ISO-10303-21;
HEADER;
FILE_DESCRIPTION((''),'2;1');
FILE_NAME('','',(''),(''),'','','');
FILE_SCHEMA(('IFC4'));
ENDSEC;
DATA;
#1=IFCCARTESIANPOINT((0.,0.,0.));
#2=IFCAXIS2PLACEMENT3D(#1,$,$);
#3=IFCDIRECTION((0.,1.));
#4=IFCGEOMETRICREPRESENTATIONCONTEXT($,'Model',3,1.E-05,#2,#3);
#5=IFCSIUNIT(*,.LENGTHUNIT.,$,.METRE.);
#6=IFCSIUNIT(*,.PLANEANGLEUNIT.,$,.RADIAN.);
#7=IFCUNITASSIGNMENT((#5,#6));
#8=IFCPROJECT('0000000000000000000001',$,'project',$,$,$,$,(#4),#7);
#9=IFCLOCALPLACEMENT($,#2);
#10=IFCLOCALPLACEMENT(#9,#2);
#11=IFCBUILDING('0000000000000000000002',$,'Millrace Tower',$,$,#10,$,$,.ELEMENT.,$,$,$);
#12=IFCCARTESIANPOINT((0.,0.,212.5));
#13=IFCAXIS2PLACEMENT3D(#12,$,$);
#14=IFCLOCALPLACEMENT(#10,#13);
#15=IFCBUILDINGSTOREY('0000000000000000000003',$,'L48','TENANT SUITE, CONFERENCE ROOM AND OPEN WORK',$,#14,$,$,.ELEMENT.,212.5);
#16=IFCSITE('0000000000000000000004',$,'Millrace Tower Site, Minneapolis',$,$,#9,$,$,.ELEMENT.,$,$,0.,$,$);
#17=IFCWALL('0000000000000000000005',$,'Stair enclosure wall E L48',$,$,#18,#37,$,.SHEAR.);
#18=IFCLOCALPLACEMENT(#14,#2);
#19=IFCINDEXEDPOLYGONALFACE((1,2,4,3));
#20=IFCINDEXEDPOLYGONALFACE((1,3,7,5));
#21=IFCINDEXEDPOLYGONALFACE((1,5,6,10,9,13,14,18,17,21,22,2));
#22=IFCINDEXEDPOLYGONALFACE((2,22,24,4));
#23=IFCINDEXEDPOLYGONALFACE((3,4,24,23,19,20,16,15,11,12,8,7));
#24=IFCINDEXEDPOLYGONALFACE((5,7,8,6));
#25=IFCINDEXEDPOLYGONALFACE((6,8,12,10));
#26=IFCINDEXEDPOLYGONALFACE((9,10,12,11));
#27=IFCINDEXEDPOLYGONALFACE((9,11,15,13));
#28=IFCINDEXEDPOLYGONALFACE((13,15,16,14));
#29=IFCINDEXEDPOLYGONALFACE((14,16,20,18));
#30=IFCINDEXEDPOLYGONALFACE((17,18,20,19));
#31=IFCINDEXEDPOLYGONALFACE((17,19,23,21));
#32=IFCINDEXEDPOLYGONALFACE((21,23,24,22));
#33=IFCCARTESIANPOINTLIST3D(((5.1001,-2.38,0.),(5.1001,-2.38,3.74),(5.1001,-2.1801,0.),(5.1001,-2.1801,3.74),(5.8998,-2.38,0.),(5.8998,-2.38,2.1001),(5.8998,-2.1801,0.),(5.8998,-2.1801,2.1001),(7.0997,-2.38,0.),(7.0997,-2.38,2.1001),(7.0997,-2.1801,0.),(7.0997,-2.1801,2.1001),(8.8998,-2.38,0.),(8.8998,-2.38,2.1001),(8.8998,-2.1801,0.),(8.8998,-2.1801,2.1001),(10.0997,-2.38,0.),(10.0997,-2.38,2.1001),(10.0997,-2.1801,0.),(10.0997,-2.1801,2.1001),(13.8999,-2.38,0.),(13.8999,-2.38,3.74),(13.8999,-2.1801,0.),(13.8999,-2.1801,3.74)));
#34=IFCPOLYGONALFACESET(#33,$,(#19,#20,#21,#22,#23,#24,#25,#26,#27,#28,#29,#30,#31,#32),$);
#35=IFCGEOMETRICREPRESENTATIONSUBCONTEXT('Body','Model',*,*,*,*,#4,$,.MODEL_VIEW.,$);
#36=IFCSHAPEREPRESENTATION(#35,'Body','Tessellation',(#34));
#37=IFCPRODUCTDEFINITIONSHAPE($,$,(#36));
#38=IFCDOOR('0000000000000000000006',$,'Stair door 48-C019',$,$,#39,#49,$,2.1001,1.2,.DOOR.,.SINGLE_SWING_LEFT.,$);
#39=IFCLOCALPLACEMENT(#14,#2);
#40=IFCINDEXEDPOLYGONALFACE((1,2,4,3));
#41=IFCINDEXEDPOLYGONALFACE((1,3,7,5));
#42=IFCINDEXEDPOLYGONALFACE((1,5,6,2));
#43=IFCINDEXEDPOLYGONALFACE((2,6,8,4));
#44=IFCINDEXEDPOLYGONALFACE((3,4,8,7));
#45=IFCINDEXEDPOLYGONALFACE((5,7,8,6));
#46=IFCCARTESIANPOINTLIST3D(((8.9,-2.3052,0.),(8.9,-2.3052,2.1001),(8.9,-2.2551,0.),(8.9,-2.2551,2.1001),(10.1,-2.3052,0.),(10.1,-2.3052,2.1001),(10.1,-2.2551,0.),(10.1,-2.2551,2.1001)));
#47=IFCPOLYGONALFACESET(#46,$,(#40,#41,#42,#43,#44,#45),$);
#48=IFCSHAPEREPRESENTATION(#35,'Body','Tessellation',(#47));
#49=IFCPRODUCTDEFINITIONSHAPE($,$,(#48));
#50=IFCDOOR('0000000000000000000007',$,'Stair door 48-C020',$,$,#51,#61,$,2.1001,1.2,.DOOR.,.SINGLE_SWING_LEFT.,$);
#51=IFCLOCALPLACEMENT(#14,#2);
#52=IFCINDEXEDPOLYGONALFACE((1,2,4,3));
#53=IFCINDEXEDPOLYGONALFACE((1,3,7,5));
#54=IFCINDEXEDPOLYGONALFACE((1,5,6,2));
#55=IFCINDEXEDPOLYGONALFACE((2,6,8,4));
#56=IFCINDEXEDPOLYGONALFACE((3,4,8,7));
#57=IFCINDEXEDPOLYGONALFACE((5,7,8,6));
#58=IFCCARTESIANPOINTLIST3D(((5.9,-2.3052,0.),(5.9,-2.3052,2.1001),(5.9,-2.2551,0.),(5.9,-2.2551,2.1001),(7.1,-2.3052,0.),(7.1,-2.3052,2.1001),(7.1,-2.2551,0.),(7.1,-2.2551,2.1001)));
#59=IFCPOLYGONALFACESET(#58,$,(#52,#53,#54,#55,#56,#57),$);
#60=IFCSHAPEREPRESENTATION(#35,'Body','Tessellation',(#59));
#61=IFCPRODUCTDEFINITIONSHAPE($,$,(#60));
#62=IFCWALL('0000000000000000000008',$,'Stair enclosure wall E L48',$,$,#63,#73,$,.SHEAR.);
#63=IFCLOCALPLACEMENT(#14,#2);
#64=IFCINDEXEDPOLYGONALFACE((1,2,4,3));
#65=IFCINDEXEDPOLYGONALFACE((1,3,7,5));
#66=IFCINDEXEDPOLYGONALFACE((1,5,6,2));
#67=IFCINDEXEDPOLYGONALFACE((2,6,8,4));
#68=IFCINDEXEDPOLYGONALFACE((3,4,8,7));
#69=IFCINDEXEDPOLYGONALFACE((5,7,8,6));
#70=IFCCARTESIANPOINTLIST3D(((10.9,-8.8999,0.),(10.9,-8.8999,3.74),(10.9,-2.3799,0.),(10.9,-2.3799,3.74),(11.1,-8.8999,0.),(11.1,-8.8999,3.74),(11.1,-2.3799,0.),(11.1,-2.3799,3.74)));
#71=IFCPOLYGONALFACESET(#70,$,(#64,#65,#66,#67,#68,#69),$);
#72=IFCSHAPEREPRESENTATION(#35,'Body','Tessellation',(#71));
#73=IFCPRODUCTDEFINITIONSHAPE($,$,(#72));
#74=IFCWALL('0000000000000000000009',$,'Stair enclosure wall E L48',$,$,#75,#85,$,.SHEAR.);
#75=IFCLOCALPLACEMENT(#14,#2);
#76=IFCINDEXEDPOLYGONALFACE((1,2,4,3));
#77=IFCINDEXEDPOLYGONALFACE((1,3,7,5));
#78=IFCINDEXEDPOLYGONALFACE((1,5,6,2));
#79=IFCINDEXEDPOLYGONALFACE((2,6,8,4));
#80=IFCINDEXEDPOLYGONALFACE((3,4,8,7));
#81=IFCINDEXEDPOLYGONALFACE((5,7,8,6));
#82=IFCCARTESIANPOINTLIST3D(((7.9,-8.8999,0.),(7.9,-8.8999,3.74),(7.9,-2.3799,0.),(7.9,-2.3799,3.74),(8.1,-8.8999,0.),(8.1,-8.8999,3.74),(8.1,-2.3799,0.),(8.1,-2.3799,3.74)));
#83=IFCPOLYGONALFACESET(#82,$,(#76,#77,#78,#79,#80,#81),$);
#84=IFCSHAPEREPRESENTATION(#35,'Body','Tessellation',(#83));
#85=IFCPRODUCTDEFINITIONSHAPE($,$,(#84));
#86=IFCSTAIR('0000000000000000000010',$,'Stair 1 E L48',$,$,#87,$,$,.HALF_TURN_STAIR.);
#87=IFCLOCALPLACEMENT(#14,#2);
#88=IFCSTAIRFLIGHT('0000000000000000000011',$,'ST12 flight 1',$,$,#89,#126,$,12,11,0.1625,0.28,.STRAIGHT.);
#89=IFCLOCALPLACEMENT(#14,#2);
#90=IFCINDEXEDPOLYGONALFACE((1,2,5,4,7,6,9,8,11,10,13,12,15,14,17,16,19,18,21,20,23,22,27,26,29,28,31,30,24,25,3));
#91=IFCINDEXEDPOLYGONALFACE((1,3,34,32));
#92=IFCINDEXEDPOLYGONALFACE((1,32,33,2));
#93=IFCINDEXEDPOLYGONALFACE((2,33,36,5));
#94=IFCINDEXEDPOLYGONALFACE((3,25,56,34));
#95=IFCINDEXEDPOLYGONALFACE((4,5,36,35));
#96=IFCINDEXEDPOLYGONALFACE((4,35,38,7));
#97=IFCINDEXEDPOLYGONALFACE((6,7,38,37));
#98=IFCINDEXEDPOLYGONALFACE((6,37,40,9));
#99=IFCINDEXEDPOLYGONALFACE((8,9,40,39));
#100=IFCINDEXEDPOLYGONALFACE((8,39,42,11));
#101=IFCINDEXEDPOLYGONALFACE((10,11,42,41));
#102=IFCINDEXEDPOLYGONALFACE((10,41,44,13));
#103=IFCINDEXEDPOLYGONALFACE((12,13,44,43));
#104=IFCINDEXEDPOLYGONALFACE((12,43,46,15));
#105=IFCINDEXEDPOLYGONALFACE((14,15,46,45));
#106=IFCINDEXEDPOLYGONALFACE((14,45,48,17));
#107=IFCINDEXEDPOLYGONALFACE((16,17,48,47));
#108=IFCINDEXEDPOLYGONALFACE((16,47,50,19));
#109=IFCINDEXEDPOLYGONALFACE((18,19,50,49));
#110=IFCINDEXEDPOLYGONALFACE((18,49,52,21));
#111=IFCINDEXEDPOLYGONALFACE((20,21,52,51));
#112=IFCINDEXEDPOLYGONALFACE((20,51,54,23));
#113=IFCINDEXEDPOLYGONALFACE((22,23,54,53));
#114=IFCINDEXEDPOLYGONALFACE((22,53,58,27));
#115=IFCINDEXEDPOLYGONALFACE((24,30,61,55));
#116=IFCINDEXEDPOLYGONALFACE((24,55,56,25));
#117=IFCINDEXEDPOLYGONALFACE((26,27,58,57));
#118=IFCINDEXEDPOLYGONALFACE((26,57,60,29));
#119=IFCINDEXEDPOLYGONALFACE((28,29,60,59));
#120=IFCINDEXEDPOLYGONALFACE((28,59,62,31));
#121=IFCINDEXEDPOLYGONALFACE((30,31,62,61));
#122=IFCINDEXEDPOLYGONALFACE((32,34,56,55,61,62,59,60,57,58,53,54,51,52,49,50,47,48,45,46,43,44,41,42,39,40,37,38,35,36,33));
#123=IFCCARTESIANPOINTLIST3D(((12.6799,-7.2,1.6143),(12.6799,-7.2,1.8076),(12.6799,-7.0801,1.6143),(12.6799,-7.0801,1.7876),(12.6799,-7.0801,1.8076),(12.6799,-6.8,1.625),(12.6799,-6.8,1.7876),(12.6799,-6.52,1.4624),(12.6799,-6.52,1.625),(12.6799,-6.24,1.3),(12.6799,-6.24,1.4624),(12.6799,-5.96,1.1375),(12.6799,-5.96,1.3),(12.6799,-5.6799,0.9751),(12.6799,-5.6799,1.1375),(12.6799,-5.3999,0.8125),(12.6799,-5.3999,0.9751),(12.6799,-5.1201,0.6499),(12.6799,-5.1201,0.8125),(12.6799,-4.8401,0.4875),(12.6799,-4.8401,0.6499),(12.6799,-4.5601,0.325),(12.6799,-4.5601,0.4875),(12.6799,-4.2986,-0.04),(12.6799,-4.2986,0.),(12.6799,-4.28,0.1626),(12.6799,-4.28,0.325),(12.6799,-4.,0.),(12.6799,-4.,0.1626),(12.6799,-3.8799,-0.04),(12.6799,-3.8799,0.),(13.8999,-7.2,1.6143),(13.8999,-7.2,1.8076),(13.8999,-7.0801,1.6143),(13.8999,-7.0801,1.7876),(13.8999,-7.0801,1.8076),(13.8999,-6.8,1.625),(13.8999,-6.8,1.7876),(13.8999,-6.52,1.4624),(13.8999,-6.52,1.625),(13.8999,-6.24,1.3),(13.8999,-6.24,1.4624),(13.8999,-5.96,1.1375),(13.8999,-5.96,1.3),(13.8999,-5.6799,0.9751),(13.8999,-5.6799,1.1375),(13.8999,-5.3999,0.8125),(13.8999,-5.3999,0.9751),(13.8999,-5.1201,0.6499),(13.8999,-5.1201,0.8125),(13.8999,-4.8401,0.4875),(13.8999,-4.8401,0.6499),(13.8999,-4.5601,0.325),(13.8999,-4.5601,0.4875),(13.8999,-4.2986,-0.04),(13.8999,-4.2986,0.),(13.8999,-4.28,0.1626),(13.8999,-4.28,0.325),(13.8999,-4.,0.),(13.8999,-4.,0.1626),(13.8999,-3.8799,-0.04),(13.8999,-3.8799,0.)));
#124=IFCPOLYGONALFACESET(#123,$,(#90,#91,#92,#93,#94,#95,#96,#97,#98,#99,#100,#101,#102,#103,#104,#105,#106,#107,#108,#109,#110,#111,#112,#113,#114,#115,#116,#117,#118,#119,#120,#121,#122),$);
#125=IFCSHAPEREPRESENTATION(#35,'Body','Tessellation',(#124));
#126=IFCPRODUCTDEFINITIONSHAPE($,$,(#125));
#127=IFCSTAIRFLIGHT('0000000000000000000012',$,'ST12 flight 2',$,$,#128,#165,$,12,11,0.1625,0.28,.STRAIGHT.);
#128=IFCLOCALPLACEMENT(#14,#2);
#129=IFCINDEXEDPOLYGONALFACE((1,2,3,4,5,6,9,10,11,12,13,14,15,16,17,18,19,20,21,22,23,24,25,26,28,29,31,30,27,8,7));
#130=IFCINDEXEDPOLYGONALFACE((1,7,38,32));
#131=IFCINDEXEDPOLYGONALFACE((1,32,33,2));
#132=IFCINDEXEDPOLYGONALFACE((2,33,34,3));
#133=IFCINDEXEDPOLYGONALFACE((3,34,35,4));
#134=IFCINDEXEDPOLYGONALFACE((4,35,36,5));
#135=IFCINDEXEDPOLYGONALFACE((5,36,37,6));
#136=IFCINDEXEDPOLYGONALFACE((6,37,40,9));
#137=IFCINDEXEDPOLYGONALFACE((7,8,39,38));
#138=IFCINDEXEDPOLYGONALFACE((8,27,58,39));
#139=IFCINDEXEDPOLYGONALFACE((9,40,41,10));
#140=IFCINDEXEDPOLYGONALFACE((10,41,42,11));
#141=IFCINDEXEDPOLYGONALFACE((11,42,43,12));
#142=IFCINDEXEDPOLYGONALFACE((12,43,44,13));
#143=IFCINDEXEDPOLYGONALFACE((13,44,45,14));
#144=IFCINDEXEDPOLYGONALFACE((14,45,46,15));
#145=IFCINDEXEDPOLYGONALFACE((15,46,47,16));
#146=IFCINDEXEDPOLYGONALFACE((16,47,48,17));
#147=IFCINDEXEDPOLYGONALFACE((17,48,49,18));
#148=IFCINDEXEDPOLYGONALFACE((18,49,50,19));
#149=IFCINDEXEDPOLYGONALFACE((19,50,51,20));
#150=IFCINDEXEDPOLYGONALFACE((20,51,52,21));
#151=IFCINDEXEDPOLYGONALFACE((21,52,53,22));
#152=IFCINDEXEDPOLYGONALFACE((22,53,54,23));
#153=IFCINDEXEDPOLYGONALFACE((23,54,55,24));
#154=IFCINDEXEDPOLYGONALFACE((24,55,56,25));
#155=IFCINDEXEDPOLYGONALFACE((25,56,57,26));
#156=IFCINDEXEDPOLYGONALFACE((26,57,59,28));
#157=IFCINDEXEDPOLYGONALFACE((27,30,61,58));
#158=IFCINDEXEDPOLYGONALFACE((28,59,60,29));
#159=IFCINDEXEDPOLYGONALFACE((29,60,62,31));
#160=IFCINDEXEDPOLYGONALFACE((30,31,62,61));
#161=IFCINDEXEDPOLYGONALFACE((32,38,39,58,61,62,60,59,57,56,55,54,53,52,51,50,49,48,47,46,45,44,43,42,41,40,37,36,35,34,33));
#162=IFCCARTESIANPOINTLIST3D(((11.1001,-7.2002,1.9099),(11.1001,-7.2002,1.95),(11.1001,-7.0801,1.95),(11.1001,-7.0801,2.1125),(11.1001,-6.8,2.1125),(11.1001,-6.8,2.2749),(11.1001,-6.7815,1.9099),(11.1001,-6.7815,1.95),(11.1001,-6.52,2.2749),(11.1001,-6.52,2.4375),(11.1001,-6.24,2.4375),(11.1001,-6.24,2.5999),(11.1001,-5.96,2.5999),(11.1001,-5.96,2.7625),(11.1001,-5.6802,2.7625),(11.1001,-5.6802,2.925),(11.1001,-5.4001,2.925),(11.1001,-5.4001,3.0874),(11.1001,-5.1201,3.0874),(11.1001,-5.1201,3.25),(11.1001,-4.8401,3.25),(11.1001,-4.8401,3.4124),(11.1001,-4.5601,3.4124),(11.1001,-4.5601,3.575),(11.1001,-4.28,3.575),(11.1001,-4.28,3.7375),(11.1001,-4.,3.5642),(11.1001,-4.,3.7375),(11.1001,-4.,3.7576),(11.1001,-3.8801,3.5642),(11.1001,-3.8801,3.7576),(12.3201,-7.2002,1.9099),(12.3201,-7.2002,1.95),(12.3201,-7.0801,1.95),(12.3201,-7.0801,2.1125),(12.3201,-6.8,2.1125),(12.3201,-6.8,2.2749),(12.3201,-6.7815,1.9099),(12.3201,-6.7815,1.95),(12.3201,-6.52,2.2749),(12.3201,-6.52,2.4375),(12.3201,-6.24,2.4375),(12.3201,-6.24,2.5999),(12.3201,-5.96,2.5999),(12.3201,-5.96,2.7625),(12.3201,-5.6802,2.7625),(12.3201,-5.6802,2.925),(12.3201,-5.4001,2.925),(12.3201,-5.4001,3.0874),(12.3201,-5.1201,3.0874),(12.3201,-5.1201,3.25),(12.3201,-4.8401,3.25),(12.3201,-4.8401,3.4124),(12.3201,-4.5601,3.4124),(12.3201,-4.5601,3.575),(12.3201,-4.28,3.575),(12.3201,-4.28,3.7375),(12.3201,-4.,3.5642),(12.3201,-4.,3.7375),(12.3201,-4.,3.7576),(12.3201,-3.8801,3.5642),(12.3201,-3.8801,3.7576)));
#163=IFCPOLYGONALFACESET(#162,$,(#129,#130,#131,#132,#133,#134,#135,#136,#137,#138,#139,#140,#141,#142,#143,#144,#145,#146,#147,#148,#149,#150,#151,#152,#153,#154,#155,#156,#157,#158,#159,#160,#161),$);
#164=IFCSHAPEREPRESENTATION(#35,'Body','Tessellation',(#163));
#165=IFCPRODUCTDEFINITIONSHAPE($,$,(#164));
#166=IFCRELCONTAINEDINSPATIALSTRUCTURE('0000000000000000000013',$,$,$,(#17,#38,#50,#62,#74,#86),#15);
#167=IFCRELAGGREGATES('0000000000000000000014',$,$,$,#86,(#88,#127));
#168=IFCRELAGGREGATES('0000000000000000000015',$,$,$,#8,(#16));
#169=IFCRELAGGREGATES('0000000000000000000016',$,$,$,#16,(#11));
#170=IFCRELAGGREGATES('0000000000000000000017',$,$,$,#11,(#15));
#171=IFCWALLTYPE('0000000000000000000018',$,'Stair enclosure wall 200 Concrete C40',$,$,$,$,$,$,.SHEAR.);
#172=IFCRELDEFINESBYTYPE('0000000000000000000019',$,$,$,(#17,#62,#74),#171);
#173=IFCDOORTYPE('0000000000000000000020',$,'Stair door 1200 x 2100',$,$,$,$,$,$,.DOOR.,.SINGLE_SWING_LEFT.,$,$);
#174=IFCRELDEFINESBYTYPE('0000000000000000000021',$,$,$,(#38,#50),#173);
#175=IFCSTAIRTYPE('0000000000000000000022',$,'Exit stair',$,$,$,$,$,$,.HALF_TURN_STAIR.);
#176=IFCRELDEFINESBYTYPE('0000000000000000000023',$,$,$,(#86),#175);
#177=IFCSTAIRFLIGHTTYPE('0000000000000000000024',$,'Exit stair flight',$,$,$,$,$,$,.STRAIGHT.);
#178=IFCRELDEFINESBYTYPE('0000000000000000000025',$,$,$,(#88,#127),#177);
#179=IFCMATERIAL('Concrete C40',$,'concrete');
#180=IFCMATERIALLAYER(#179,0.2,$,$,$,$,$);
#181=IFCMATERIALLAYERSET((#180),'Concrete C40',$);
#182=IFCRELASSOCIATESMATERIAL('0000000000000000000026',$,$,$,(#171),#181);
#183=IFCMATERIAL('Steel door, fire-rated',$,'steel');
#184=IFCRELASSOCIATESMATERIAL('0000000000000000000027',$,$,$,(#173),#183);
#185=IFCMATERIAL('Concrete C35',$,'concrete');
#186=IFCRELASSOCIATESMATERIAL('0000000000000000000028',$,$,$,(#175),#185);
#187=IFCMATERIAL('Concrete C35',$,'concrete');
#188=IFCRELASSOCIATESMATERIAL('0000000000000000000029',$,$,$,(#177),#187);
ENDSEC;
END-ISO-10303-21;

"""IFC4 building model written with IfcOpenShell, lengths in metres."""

from ifc_helpers import new_model, si_unit, direction, frame, frame_2d, origin, place, context, subcontext, project, spatial, polyline, rectangle, outline, extrude, material, layer, layer_set, type_object, element, fill, aggregate, save


model = new_model("IFC4")

# Units and contexts
model_context = context("Model", 3, precision=1e-05, world=origin(), true_north=direction((0.0, 1.0)))
body_context = subcontext(model_context, "Body", "Model", "MODEL_VIEW")
ifc_project = project(units=[si_unit("LENGTHUNIT", "METRE"), si_unit("PLANEANGLEUNIT", "RADIAN")], contexts=[model_context])

# Site, building, storey
site_placement = place(None, origin())
site = spatial("IfcSite", under=ifc_project, at=site_placement, Name="Millrace Tower Site, Minneapolis", CompositionType="ELEMENT", RefElevation=0.0)
building_placement = place(site_placement, origin())
building = spatial("IfcBuilding", under=site, at=building_placement, Name="Millrace Tower", CompositionType="ELEMENT")
storey_placement = place(building_placement, frame((0.0, 0.0, 212.5)))
storey = spatial("IfcBuildingStorey", under=building, at=storey_placement, Name="L48", Description="TENANT SUITE, CONFERENCE ROOM AND OPEN WORK", CompositionType="ELEMENT", Elevation=212.5)

# Shared definitions
placement = place(storey_placement, origin())

# Shared definitions
ifc_material_1 = material(Name="Concrete C40", Category="concrete")
ifc_layer_1 = layer(ifc_material_1, 0.2)
ifc_layer_set_1 = layer_set([ifc_layer_1], Name="Concrete C40")
wall_type_1 = type_object("IfcWallType", Name="Stair enclosure wall 200 Concrete C40", PredefinedType="SHEAR", material=ifc_layer_set_1)

# Wall, openings, doors
wall_1_placement = place(storey_placement, frame((13.8999, -2.28, 0.0), z_axis=(0.0, 0.0, 1.0), x_axis=(-1.0, 0.0, 0.0)))
wall_1 = element("IfcWall", 1, at=wall_1_placement, inside=storey, type_object=wall_type_1, Name="Stair enclosure wall E L48", PredefinedType="SHEAR", context=body_context, shape_type="SweptSolid", body=[
    extrude(rectangle(XDim=8.7998, YDim=0.2, at=frame_2d((4.3999, 0.0))), origin(), (0.0, 0.0, 1.0), 3.74),
])
opening_1_placement = place(wall_1_placement, frame((3.8, 0.0, 0.0)))
opening_1 = element("IfcOpeningElement", 2, at=opening_1_placement, cuts=wall_1, PredefinedType="OPENING", context=body_context, shape_type="SweptSolid", body=[
    extrude(rectangle(XDim=1.2, YDim=2.1001, at=frame_2d((0.6001, 1.05))), frame((0.0, 0.1099, 0.0), z_axis=(0.0, -1.0, 0.0), x_axis=(1.0, 0.0, 0.0)), (0.0, 0.0, 1.0), 0.22),
])
opening_2_placement = place(wall_1_placement, frame((6.8, 0.0, 0.0)))
opening_2 = element("IfcOpeningElement", 3, at=opening_2_placement, cuts=wall_1, PredefinedType="OPENING", context=body_context, shape_type="SweptSolid", body=[
    extrude(rectangle(XDim=1.2, YDim=2.1001, at=frame_2d((0.6001, 1.05))), frame((0.0, 0.1099, 0.0), z_axis=(0.0, -1.0, 0.0), x_axis=(1.0, 0.0, 0.0)), (0.0, 0.0, 1.0), 0.22),
])
ifc_material_2 = material(Name="Steel door, fire-rated", Category="steel")
door_type_1 = type_object("IfcDoorType", Name="Stair door 1200 x 2100", OperationType="SINGLE_SWING_LEFT", PredefinedType="DOOR", material=ifc_material_2)
door_1_placement = place(opening_1_placement, frame((1.2, 0.0, 0.0), z_axis=(0.0, 0.0, 1.0), x_axis=(-1.0, 0.0, 0.0)))
door_1 = element("IfcDoor", 4, at=door_1_placement, inside=storey, type_object=door_type_1, Name="Stair door 48-C019", OperationType="SINGLE_SWING_LEFT", OverallHeight=2.1001, OverallWidth=1.2, PredefinedType="DOOR", context=body_context, shape_type="SweptSolid", body=[
    extrude(rectangle(XDim=1.2, YDim=2.1001, at=frame_2d((0.6001, 1.05))), frame((0.0, 0.0249, 0.0), z_axis=(0.0, -1.0, 0.0), x_axis=(1.0, 0.0, 0.0)), (0.0, 0.0, 1.0), 0.05),
])
fill(opening_1, door_1)
door_2_placement = place(opening_2_placement, frame((1.2, 0.0, 0.0), z_axis=(0.0, 0.0, 1.0), x_axis=(-1.0, 0.0, 0.0)))
door_2 = element("IfcDoor", 5, at=door_2_placement, inside=storey, type_object=door_type_1, Name="Stair door 48-C020", OperationType="SINGLE_SWING_LEFT", OverallHeight=2.1001, OverallWidth=1.2, PredefinedType="DOOR", context=body_context, shape_type="SweptSolid", body=[
    extrude(rectangle(XDim=1.2, YDim=2.1001, at=frame_2d((0.6001, 1.05))), frame((0.0, 0.0249, 0.0), z_axis=(0.0, -1.0, 0.0), x_axis=(1.0, 0.0, 0.0)), (0.0, 0.0, 1.0), 0.05),
])
fill(opening_2, door_2)

# Walls
for number, where, z_axis, x_axis, name in (
    (6, (11.0, -2.3799, 0.0), (0.0, 0.0, 1.0), (0.0, -1.0, 0.0), "Stair enclosure wall E L48"),
    (7, (8.0, -2.3799, 0.0), (0.0, 0.0, 1.0), (0.0, -1.0, 0.0), "Stair enclosure wall E L48"),
):
    element("IfcWall", number, at=place(storey_placement, frame(where, z_axis=z_axis, x_axis=x_axis)), inside=storey, type_object=wall_type_1, Name=name, PredefinedType="SHEAR", context=body_context, shape_type="SweptSolid", body=[
        extrude(rectangle(XDim=6.52, YDim=0.2, at=frame_2d((3.26, 0.0))), origin(), (0.0, 0.0, 1.0), 3.74),
    ])

# Stair, stair flights
ifc_material_3 = material(Name="Concrete C35", Category="concrete")
stair_type = type_object("IfcStairType", Name="Exit stair", PredefinedType="HALF_TURN_STAIR", material=ifc_material_3)
stair_1 = element("IfcStair", 8, at=placement, inside=storey, type_object=stair_type, Name="Stair 1 E L48", PredefinedType="HALF_TURN_STAIR")
ifc_material_4 = material(Name="Concrete C35", Category="concrete")
stair_flight_type = type_object("IfcStairFlightType", Name="Exit stair flight", PredefinedType="STRAIGHT", material=ifc_material_4)
stair_flight_1_placement = place(storey_placement, frame((13.29, -4.0, 0.0), z_axis=(0.0, 0.0, 1.0), x_axis=(0.0, -1.0, 0.0)))
stair_flight_1 = element("IfcStairFlight", 9, at=stair_flight_1_placement, type_object=stair_flight_type, Name="ST12 flight 1", NumberOfRisers=12, NumberOfTreads=11, PredefinedType="STRAIGHT", RiserHeight=0.1625, TreadLength=0.28, context=body_context, shape_type="SweptSolid", body=[
    extrude(outline(polyline([(-0.1201, -0.04), (-0.1201, 0.0), (0.0, 0.0), (0.0, 0.1626), (0.28, 0.1626), (0.28, 0.325), (0.5601, 0.325), (0.5601, 0.4875), (0.8401, 0.4875), (0.8401, 0.6499), (1.1201, 0.6499), (1.1201, 0.8125), (1.3999, 0.8125), (1.3999, 0.9751), (1.6799, 0.9751), (1.6799, 1.1375), (1.96, 1.1375), (1.96, 1.3), (2.24, 1.3), (2.24, 1.4624), (2.52, 1.4624), (2.52, 1.625), (2.8, 1.625), (2.8, 1.7876), (3.0801, 1.7876), (3.0801, 1.8076), (3.2, 1.8076), (3.2, 1.6143), (3.0801, 1.6143), (0.2986, 0.0), (0.2986, -0.04), (-0.1201, -0.04)])), frame((0.0, 0.6099, 0.0), z_axis=(0.0, -1.0, 0.0), x_axis=(1.0, 0.0, 0.0)), (0.0, 0.0, 1.0), 1.22),
])
stair_flight_2_placement = place(storey_placement, frame((11.71, -7.0801, 1.95), z_axis=(0.0, 0.0, 1.0), x_axis=(0.0, 1.0, 0.0)))
stair_flight_2 = element("IfcStairFlight", 10, at=stair_flight_2_placement, type_object=stair_flight_type, Name="ST12 flight 2", NumberOfRisers=12, NumberOfTreads=11, PredefinedType="STRAIGHT", RiserHeight=0.1625, TreadLength=0.28, context=body_context, shape_type="SweptSolid", body=[
    extrude(outline(polyline([(-0.1201, -0.04), (-0.1201, 0.0), (0.0, 0.0), (0.0, 0.1626), (0.28, 0.1626), (0.28, 0.325), (0.5601, 0.325), (0.5601, 0.4875), (0.8401, 0.4875), (0.8401, 0.6499), (1.1201, 0.6499), (1.1201, 0.8125), (1.3999, 0.8125), (1.3999, 0.9751), (1.6799, 0.9751), (1.6799, 1.1375), (1.96, 1.1375), (1.96, 1.3), (2.24, 1.3), (2.24, 1.4624), (2.52, 1.4624), (2.52, 1.625), (2.8, 1.625), (2.8, 1.7876), (3.0801, 1.7876), (3.0801, 1.8076), (3.2, 1.8076), (3.2, 1.6143), (3.0801, 1.6143), (0.2986, 0.0), (0.2986, -0.04), (-0.1201, -0.04)])), frame((0.0, 0.6099, 0.0), z_axis=(0.0, -1.0, 0.0), x_axis=(1.0, 0.0, 0.0)), (0.0, 0.0, 1.0), 1.22),
])
aggregate(stair_1, [stair_flight_1, stair_flight_2])

save(model, "model.ifc")
